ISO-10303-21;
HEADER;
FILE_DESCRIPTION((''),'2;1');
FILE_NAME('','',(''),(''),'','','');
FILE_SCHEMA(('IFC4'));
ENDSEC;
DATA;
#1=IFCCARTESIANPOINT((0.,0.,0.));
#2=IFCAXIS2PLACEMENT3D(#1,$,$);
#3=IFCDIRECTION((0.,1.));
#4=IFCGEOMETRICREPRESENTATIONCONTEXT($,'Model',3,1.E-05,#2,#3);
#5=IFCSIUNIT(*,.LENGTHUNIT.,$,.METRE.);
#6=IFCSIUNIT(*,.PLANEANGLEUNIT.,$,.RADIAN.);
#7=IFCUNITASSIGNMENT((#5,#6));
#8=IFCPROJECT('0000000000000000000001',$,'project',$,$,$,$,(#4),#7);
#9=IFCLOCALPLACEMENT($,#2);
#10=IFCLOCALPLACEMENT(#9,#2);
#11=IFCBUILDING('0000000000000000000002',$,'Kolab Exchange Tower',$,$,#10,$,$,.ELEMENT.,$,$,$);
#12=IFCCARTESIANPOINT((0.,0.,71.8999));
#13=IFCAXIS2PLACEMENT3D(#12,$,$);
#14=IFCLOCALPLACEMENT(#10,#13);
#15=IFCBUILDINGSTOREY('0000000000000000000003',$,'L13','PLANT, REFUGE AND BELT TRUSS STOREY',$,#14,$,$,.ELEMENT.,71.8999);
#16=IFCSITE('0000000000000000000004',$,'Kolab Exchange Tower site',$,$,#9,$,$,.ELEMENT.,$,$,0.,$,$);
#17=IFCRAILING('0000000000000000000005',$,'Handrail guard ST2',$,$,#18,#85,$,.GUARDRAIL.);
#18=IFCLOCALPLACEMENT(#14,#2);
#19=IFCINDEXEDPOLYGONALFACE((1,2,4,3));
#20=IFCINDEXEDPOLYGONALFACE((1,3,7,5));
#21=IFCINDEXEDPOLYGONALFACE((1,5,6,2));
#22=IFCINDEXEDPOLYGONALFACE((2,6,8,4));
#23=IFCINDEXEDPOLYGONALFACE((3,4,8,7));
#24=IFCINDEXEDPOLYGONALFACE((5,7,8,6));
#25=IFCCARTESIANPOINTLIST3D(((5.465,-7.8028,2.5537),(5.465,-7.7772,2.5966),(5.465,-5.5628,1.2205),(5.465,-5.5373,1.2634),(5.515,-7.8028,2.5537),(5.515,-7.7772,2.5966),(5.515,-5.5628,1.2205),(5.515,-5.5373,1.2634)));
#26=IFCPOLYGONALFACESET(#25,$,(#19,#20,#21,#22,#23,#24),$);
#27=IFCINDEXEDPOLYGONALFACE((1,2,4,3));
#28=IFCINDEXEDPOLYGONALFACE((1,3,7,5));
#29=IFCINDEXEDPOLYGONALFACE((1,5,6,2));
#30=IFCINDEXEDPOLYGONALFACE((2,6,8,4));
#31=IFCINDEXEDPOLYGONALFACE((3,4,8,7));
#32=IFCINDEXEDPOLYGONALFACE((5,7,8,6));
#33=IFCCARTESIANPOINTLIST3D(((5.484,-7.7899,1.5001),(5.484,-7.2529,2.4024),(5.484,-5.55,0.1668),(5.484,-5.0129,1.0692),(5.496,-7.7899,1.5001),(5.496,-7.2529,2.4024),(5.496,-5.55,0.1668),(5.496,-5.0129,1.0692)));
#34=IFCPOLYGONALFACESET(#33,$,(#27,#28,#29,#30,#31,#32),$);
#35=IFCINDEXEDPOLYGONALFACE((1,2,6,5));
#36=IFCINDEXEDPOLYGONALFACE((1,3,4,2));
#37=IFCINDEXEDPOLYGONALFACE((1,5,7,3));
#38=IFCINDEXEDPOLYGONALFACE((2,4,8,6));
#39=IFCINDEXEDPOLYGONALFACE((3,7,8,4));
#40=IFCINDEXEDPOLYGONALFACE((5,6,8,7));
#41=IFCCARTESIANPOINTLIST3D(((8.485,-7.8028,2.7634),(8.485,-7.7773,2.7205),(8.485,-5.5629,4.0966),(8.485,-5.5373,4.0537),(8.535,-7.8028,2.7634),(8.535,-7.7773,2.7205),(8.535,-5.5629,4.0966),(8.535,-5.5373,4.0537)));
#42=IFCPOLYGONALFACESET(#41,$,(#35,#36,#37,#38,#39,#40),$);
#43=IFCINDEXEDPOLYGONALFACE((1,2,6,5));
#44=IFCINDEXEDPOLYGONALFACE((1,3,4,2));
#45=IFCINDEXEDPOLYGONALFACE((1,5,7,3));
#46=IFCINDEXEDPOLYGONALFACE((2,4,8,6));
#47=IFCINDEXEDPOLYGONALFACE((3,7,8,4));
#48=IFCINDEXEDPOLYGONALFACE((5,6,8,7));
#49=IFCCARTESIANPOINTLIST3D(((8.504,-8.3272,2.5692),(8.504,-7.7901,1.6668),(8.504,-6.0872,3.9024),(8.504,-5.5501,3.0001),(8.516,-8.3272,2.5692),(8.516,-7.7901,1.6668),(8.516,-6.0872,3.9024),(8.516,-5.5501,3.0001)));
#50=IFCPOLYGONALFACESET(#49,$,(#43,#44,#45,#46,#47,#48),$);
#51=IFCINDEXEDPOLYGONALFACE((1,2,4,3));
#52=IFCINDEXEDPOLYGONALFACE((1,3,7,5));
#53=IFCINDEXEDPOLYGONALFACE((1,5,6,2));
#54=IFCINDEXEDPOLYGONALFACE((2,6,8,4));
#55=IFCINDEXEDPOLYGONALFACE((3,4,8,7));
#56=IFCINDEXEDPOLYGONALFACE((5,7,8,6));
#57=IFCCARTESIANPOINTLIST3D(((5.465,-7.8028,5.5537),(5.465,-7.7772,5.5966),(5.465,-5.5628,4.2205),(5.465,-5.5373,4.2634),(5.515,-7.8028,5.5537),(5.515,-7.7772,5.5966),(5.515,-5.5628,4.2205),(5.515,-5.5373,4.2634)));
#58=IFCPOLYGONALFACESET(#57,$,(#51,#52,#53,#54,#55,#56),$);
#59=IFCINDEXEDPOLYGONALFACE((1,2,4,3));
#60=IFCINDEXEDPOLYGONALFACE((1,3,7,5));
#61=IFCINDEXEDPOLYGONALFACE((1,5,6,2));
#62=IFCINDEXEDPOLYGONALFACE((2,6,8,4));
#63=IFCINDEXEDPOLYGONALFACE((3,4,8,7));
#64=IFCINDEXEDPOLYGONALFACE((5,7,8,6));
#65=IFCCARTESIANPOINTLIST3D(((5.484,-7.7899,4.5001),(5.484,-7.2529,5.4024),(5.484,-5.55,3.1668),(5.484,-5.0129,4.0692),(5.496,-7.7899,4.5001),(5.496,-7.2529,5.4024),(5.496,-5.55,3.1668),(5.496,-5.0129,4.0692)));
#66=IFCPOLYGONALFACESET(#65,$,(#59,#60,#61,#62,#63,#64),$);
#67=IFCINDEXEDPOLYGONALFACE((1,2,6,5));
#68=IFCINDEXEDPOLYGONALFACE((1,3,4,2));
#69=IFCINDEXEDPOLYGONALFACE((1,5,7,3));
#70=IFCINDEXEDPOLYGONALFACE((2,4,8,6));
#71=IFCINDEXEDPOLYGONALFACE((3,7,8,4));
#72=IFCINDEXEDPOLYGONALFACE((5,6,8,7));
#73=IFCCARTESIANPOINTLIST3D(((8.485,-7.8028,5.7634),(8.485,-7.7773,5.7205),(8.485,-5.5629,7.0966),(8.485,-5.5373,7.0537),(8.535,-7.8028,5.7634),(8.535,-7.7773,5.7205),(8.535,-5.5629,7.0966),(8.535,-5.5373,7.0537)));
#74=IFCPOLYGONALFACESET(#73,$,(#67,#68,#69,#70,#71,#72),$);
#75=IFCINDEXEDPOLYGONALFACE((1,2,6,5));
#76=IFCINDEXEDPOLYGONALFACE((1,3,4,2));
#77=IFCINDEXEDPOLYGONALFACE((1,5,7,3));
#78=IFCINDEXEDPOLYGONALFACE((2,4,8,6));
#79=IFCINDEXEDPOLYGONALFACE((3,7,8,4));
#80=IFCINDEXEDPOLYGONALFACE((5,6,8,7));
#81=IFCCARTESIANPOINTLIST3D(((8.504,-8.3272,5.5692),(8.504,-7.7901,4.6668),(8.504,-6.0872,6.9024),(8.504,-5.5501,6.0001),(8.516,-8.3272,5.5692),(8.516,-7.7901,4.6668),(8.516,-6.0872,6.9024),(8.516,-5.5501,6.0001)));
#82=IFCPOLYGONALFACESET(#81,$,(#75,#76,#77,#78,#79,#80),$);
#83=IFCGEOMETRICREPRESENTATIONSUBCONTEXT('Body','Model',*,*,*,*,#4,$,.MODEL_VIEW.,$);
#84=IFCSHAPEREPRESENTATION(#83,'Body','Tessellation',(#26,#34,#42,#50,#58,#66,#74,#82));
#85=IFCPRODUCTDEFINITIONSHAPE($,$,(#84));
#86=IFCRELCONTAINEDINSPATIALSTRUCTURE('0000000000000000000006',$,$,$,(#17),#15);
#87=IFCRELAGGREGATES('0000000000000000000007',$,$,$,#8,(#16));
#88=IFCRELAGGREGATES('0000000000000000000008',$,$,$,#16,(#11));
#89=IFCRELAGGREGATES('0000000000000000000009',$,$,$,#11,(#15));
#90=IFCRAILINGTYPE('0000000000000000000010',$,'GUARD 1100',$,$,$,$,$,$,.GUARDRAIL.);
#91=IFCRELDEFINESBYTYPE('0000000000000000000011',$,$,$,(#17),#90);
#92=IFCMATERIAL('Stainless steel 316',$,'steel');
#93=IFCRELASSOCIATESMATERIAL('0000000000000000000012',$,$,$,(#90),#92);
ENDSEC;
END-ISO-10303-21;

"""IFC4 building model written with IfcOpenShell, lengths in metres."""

from ifc_helpers import new_model, si_unit, direction, frame, frame_2d, origin, origin_2d, place, context, subcontext, project, spatial, rectangle, extrude, material, type_object, element, save


model = new_model("IFC4")

# Units and contexts
model_context = context("Model", 3, precision=1e-05, world=origin(), true_north=direction((0.0, 1.0)))
body_context = subcontext(model_context, "Body", "Model", "MODEL_VIEW")
ifc_project = project(units=[si_unit("LENGTHUNIT", "METRE"), si_unit("PLANEANGLEUNIT", "RADIAN")], contexts=[model_context])

# Site, building, storey
site_placement = place(None, origin())
site = spatial("IfcSite", under=ifc_project, at=site_placement, Name="Kolab Exchange Tower site", CompositionType="ELEMENT", RefElevation=0.0)
building_placement = place(site_placement, origin())
building = spatial("IfcBuilding", under=site, at=building_placement, Name="Kolab Exchange Tower", CompositionType="ELEMENT")
storey_placement = place(building_placement, frame((0.0, 0.0, 71.8999)))
storey = spatial("IfcBuildingStorey", under=building, at=storey_placement, Name="L13", Description="PLANT, REFUGE AND BELT TRUSS STOREY", CompositionType="ELEMENT", Elevation=71.8999)

# Shared definitions
ifc_material_1 = material(Name="Stainless steel 316", Category="steel")

# Railing
railing_type = type_object("IfcRailingType", Name="GUARD 1100", PredefinedType="GUARDRAIL", material=ifc_material_1)
railing_1_placement = place(storey_placement, frame((5.49, -5.55, 0.1667)))
element("IfcRailing", 1, at=railing_1_placement, inside=storey, type_object=railing_type, Name="Handrail guard ST2", PredefinedType="GUARDRAIL", context=body_context, shape_type="SweptSolid", body=[
    extrude(rectangle(XDim=0.05, YDim=0.05, at=origin_2d()), frame((0.0, 0.0, 1.0752), z_axis=(0.0, -0.859306, 0.511462), x_axis=(1.0, 0.0, 0.0)), (0.0, 0.0, 1.0), 2.6067),
    extrude(rectangle(XDim=0.012, YDim=1.0501, at=frame_2d((0.0, 0.5251))), frame((0.0, 0.0, 0.0), z_axis=(0.0, -0.859306, 0.511462), x_axis=(1.0, 0.0, 0.0)), (0.0, 0.0, 1.0), 2.6067),
    extrude(rectangle(XDim=0.05, YDim=0.05, at=origin_2d()), frame((3.02, -2.24, 2.5752), z_axis=(0.0, 0.859306, 0.511462), x_axis=(-1.0, 0.0, 0.0)), (0.0, 0.0, 1.0), 2.6067),
    extrude(rectangle(XDim=0.012, YDim=1.0501, at=frame_2d((0.0, 0.5251))), frame((3.02, -2.24, 1.5), z_axis=(0.0, 0.859306, 0.511462), x_axis=(-1.0, 0.0, 0.0)), (0.0, 0.0, 1.0), 2.6067),
    extrude(rectangle(XDim=0.05, YDim=0.05, at=origin_2d()), frame((0.0, 0.0, 4.0752), z_axis=(0.0, -0.859306, 0.511462), x_axis=(1.0, 0.0, 0.0)), (0.0, 0.0, 1.0), 2.6067),
    extrude(rectangle(XDim=0.012, YDim=1.0501, at=frame_2d((0.0, 0.5251))), frame((0.0, 0.0, 3.0), z_axis=(0.0, -0.859306, 0.511462), x_axis=(1.0, 0.0, 0.0)), (0.0, 0.0, 1.0), 2.6067),
    extrude(rectangle(XDim=0.05, YDim=0.05, at=origin_2d()), frame((3.02, -2.24, 5.5752), z_axis=(0.0, 0.859306, 0.511462), x_axis=(-1.0, 0.0, 0.0)), (0.0, 0.0, 1.0), 2.6067),
    extrude(rectangle(XDim=0.012, YDim=1.0501, at=frame_2d((0.0, 0.5251))), frame((3.02, -2.24, 4.5), z_axis=(0.0, 0.859306, 0.511462), x_axis=(-1.0, 0.0, 0.0)), (0.0, 0.0, 1.0), 2.6067),
])

save(model, "model.ifc")
